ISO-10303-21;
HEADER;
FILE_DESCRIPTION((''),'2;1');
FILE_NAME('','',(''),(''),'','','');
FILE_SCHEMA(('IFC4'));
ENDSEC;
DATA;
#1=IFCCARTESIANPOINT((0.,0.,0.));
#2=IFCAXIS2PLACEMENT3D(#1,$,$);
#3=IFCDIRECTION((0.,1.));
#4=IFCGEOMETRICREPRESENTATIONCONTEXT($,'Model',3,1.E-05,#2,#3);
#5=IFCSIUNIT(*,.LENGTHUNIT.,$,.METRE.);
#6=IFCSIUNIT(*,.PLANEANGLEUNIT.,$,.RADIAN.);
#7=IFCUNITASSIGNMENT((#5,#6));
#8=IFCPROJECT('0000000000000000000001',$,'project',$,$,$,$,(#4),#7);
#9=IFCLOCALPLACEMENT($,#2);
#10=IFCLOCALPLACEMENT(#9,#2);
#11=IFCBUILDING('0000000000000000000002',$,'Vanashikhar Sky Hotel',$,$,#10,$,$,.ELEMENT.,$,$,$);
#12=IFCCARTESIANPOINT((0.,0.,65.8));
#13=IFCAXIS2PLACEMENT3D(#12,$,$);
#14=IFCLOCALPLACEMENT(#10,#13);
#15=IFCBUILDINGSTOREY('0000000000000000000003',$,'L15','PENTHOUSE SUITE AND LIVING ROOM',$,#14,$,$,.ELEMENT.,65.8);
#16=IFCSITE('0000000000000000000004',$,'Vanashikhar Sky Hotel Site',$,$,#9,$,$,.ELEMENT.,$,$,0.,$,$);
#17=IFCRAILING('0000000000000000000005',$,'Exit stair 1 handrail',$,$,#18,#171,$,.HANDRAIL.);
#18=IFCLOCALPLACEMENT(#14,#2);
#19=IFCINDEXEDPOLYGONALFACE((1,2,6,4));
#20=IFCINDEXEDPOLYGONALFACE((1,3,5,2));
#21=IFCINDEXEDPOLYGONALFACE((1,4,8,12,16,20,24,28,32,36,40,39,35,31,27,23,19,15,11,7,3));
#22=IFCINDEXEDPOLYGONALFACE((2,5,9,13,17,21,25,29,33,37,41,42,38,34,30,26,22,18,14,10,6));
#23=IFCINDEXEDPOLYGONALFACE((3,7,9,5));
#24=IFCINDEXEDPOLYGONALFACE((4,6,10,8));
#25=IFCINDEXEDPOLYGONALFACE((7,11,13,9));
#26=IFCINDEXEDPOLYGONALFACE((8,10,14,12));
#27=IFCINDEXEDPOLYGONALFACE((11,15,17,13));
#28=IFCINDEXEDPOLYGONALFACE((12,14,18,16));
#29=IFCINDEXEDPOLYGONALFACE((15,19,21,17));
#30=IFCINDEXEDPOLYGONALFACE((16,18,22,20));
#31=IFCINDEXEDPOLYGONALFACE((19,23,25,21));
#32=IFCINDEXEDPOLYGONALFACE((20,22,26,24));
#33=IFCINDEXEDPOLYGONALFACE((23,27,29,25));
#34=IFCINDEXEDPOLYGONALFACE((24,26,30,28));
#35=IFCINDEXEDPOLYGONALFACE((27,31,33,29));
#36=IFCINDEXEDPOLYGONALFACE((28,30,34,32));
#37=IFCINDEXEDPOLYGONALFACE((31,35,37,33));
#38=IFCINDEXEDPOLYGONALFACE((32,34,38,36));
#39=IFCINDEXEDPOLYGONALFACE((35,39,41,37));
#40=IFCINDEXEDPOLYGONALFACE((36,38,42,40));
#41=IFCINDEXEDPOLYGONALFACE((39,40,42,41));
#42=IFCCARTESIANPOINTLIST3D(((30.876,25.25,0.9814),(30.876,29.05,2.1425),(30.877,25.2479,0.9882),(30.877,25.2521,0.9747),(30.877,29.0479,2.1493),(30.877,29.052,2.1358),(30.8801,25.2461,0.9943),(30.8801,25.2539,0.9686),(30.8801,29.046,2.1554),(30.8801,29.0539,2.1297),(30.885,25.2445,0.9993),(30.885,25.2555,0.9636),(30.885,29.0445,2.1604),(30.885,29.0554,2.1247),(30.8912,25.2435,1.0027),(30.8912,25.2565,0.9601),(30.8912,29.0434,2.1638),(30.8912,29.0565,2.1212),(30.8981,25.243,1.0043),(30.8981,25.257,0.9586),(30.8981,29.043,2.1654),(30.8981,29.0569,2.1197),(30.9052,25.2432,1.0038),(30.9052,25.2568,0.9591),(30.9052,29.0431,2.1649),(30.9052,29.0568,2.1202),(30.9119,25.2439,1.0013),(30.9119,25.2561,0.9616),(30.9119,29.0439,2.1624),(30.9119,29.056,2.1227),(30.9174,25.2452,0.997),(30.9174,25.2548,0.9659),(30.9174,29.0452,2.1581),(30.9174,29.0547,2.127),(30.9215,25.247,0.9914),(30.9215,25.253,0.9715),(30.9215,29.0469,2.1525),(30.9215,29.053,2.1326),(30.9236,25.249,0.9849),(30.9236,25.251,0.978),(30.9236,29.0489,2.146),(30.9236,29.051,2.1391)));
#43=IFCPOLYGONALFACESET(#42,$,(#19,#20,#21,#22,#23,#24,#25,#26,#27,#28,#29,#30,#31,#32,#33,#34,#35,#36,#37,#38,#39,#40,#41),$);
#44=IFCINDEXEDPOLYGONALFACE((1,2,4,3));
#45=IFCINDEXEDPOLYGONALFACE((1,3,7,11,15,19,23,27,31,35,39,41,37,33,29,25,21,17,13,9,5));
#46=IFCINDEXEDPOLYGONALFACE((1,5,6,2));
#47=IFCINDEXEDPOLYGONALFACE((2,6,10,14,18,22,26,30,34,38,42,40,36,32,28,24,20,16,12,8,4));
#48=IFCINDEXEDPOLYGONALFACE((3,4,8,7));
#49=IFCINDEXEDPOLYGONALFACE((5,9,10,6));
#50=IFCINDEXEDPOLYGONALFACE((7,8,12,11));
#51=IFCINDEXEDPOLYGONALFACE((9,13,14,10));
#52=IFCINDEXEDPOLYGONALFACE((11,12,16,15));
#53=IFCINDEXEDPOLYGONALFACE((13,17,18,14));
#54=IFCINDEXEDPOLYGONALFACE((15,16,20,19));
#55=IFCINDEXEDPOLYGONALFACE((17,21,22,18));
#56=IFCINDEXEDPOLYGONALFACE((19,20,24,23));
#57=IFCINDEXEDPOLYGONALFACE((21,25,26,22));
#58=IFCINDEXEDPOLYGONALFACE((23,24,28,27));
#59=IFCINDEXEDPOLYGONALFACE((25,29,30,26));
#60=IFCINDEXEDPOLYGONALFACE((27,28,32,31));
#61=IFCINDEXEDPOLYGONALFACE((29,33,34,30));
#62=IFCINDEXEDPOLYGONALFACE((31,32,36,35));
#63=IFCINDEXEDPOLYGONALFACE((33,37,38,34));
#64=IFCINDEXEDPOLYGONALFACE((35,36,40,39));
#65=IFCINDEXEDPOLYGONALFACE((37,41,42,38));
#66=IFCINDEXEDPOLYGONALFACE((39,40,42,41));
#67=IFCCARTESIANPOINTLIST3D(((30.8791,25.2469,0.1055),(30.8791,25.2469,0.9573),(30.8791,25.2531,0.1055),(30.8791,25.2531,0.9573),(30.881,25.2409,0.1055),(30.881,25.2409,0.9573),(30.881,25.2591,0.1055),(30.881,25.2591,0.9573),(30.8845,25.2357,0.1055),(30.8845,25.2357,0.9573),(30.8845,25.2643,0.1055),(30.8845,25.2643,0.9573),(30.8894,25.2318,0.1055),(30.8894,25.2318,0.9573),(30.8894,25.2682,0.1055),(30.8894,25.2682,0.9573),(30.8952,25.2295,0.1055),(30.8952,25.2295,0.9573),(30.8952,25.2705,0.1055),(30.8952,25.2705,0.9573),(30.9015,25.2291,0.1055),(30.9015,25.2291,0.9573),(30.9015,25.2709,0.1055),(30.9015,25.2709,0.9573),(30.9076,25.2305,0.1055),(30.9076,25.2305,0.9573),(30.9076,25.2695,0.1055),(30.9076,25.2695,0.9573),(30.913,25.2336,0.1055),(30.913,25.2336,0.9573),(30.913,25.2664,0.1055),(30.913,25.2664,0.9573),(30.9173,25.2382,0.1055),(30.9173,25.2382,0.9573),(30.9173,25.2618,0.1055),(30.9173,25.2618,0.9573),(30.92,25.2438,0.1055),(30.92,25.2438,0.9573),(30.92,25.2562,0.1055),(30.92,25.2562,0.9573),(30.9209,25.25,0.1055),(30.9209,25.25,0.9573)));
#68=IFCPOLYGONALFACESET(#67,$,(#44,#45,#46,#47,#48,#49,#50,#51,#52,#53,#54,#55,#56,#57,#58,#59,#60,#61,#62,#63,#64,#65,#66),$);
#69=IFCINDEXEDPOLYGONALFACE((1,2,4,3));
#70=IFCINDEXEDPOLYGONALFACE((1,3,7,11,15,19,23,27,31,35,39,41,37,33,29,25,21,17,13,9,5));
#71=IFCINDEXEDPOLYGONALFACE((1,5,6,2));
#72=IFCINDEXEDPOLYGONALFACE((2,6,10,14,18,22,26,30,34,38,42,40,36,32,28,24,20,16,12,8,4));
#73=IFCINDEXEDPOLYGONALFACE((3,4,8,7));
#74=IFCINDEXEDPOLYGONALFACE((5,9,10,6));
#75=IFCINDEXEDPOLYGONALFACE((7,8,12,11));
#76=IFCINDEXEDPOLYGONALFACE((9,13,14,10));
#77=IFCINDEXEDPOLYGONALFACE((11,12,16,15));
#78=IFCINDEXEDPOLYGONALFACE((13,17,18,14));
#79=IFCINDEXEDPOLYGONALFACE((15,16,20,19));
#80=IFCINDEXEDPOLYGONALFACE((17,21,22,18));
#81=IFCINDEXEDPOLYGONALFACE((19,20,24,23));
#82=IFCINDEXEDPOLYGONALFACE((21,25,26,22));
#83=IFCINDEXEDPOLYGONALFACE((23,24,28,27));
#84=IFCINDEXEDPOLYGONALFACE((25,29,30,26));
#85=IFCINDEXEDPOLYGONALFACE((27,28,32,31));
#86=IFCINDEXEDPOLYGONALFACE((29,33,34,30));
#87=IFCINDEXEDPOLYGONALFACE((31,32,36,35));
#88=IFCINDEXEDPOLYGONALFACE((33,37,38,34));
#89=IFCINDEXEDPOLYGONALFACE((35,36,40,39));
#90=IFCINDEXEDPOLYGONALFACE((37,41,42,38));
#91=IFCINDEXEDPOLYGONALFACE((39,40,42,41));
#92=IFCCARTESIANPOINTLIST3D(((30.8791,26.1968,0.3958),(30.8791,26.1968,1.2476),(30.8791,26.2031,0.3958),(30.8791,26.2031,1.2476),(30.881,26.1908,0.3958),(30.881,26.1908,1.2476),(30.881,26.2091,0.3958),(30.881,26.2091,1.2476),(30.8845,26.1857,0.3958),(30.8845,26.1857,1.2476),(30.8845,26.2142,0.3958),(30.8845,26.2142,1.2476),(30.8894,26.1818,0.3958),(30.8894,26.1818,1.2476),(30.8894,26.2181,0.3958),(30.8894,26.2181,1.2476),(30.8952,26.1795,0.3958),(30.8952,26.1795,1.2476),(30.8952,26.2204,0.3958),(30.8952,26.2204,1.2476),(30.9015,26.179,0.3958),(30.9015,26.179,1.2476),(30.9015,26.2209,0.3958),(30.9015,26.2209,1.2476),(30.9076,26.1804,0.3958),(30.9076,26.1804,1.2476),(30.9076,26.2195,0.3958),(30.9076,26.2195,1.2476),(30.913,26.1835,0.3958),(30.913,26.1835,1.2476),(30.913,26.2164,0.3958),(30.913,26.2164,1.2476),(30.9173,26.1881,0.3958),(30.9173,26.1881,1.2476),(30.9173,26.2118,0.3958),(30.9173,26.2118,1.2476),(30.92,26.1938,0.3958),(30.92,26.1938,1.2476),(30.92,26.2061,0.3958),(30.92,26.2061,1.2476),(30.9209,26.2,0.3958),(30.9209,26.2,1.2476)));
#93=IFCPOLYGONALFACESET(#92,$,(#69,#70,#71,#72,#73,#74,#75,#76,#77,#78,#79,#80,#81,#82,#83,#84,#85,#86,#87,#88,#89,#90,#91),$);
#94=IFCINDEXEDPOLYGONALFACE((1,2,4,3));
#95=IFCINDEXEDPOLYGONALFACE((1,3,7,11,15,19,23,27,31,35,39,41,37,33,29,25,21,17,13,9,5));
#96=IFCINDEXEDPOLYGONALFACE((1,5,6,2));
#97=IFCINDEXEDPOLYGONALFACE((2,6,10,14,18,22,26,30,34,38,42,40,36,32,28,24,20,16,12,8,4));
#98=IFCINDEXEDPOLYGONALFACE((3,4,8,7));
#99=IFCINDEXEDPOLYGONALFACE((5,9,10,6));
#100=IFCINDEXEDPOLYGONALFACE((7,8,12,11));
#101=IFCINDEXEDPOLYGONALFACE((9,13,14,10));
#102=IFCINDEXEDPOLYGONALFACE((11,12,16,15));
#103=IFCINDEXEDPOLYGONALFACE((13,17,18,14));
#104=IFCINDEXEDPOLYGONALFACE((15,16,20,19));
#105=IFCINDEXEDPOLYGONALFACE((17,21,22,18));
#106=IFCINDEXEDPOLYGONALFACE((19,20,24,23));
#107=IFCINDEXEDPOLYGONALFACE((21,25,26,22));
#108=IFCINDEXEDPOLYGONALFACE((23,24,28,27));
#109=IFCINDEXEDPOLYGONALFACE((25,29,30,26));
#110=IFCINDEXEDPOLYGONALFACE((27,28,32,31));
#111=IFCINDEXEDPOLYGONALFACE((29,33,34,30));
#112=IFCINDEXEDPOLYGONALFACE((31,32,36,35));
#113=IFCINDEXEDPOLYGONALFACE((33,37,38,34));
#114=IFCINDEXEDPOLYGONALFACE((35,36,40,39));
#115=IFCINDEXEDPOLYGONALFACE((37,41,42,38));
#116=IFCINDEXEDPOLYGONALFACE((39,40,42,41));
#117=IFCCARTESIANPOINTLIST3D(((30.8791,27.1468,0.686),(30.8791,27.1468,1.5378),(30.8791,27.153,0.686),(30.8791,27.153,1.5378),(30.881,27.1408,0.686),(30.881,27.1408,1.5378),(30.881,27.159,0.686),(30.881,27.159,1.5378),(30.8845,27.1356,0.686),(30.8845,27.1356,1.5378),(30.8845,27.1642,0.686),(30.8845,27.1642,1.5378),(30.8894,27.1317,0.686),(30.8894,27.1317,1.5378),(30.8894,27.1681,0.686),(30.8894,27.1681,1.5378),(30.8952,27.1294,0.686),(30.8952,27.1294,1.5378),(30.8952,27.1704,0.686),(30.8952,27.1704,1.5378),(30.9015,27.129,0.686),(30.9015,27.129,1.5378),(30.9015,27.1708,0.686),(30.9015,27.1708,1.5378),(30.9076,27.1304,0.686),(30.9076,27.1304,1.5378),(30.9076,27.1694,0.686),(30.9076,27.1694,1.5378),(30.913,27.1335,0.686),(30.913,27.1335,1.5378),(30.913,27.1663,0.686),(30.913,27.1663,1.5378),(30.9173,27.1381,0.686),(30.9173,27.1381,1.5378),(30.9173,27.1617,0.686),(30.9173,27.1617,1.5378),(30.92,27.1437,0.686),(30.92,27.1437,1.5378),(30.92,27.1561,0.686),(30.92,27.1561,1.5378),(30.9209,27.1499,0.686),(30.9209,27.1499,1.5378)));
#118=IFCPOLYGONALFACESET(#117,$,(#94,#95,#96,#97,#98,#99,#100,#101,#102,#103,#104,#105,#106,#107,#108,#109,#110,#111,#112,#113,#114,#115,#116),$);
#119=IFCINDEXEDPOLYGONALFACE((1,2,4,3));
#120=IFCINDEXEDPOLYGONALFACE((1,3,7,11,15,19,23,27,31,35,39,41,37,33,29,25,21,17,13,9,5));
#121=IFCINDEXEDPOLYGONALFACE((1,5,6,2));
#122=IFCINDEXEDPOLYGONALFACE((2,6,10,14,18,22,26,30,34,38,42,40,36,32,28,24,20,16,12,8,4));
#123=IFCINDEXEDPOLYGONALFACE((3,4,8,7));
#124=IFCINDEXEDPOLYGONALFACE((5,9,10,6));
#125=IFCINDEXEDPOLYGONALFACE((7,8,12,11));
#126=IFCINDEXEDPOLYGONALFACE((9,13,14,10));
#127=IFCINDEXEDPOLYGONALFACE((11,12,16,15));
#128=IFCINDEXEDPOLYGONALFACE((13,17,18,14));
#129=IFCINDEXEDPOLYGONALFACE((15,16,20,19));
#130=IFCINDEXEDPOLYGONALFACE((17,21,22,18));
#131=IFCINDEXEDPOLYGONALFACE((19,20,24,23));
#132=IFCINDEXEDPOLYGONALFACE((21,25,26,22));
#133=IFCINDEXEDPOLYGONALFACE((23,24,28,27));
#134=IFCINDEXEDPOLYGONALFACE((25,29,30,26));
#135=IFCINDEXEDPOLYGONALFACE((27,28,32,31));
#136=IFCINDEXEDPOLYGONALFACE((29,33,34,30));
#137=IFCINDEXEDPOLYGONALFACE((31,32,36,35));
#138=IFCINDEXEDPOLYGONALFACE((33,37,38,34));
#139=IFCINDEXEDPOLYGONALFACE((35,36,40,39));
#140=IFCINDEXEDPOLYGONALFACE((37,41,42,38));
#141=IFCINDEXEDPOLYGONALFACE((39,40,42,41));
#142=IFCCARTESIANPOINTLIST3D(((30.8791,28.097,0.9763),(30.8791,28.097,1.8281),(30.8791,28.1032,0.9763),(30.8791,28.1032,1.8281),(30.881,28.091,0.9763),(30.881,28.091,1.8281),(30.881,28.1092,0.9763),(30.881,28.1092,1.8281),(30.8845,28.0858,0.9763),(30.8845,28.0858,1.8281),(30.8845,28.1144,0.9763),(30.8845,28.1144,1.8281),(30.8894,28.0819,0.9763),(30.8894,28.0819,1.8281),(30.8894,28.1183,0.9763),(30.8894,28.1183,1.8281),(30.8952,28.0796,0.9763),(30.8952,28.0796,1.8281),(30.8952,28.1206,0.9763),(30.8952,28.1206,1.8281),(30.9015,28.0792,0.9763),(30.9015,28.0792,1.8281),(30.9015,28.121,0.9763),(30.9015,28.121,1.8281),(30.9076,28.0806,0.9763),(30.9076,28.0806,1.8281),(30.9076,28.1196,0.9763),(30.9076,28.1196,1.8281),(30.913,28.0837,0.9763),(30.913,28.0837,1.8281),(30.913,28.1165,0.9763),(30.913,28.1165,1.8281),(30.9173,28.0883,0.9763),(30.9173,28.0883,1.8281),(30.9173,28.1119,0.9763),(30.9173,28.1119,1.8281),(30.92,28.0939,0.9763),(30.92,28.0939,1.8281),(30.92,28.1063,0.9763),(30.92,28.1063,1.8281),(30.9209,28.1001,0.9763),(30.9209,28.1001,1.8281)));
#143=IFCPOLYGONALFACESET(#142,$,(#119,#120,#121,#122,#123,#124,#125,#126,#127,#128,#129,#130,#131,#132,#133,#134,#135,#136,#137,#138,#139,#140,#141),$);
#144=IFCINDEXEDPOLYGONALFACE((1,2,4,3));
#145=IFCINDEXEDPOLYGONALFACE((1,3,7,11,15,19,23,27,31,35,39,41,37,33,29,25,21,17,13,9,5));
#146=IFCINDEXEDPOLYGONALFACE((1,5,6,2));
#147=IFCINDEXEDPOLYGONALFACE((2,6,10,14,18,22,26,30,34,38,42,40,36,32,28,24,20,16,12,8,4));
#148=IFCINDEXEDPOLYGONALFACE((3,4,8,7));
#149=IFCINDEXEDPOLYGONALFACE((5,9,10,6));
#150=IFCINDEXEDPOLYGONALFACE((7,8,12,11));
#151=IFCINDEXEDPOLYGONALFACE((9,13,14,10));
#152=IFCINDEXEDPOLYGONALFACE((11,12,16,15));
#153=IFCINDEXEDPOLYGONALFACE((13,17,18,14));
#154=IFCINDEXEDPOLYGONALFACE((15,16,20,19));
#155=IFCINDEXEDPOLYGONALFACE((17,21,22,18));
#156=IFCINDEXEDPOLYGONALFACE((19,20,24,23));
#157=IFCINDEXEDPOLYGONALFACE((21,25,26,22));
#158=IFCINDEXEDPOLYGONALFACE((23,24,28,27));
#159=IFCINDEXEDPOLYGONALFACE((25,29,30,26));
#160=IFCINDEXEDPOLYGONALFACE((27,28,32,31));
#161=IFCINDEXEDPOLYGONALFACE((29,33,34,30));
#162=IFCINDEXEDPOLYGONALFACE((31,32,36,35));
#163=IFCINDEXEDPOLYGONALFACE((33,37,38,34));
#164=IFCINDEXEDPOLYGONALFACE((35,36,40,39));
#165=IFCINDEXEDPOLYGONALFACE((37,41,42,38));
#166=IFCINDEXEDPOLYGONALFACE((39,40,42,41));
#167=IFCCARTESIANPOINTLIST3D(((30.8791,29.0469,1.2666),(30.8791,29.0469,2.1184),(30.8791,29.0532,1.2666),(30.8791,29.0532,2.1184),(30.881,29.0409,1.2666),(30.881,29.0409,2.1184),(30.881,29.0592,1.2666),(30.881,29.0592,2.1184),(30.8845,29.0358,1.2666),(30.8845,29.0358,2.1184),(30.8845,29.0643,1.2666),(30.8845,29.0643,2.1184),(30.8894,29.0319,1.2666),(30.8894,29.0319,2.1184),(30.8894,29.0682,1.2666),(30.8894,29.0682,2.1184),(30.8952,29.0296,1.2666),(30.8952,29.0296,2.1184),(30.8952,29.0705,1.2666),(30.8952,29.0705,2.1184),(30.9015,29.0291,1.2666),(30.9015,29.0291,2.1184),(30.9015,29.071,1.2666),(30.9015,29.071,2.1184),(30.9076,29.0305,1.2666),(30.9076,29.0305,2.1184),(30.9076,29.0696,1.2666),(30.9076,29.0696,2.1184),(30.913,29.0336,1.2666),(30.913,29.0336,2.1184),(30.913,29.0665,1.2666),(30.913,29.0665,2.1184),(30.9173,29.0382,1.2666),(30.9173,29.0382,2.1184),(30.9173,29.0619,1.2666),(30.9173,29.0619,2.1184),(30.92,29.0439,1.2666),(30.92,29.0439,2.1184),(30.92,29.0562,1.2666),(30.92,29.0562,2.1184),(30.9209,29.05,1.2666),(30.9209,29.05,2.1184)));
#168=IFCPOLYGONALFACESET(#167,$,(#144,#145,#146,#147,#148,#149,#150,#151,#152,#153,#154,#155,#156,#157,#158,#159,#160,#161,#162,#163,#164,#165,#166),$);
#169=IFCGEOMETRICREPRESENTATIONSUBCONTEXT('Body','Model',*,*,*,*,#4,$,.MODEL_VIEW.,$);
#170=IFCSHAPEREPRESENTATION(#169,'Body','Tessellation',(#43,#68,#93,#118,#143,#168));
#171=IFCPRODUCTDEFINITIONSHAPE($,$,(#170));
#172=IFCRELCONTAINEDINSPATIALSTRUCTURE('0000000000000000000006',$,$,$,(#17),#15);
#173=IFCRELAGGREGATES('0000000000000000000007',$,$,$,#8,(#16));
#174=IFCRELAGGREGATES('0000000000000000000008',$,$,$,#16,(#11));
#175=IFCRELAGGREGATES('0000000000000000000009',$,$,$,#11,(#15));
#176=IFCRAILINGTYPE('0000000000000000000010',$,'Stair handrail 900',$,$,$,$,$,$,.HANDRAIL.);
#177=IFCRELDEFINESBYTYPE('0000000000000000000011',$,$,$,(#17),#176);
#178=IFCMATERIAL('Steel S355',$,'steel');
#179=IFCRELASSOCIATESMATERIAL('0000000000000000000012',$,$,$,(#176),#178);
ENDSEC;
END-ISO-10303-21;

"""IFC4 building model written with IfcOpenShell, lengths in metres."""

from ifc_helpers import new_model, si_unit, direction, frame, origin, origin_2d, place, context, subcontext, project, spatial, circle, extrude, source, transform, mapped, material, type_object, element, save


model = new_model("IFC4")

# Units and contexts
model_context = context("Model", 3, precision=1e-05, world=origin(), true_north=direction((0.0, 1.0)))
body_context = subcontext(model_context, "Body", "Model", "MODEL_VIEW")
ifc_project = project(units=[si_unit("LENGTHUNIT", "METRE"), si_unit("PLANEANGLEUNIT", "RADIAN")], contexts=[model_context])

# Site, building, storey
site_placement = place(None, origin())
site = spatial("IfcSite", under=ifc_project, at=site_placement, Name="Vanashikhar Sky Hotel Site", CompositionType="ELEMENT", RefElevation=0.0)
building_placement = place(site_placement, origin())
building = spatial("IfcBuilding", under=site, at=building_placement, Name="Vanashikhar Sky Hotel", CompositionType="ELEMENT")
storey_placement = place(building_placement, frame((0.0, 0.0, 65.8)))
storey = spatial("IfcBuildingStorey", under=building, at=storey_placement, Name="L15", Description="PENTHOUSE SUITE AND LIVING ROOM", CompositionType="ELEMENT", Elevation=65.8)

# Railing
ifc_material_1 = material(Name="Steel S355", Category="steel")
railing_type = type_object("IfcRailingType", Name="Stair handrail 900", PredefinedType="HANDRAIL", material=ifc_material_1)
shared_shape_1 = source(origin(), body_context, "Body", "SweptSolid", [
    extrude(circle(Radius=0.0239, at=origin_2d()), frame((0.0, 0.0, 0.876), z_axis=(0.0, 0.956351, 0.29222), x_axis=(-1.0, 0.0, 0.0)), (0.0, 0.0, 1.0), 3.9734),
    extrude(circle(Radius=0.021, at=origin_2d()), origin(), (0.0, 0.0, 1.0), 0.8518),
    extrude(circle(Radius=0.021, at=origin_2d()), frame((0.0, 0.95, 0.2903)), (0.0, 0.0, 1.0), 0.8518),
    extrude(circle(Radius=0.021, at=origin_2d()), frame((0.0, 1.8999, 0.5806)), (0.0, 0.0, 1.0), 0.8518),
    extrude(circle(Radius=0.021, at=origin_2d()), frame((0.0, 2.8501, 0.8708)), (0.0, 0.0, 1.0), 0.8518),
    extrude(circle(Radius=0.021, at=origin_2d()), frame((0.0, 3.8, 1.1611)), (0.0, 0.0, 1.0), 0.8518),
])
for number, where, name in (
    (1, (30.8999, 25.25, 0.1055), "Exit stair 1 handrail"),
):
    element("IfcRailing", number, at=place(storey_placement, frame(where)), inside=storey, type_object=railing_type, Name=name, PredefinedType="HANDRAIL", context=body_context, shape_type="MappedRepresentation", body=[
        mapped(shared_shape_1, transform((0.0, 0.0, 0.0), scale=1.0)),
    ])

save(model, "model.ifc")
